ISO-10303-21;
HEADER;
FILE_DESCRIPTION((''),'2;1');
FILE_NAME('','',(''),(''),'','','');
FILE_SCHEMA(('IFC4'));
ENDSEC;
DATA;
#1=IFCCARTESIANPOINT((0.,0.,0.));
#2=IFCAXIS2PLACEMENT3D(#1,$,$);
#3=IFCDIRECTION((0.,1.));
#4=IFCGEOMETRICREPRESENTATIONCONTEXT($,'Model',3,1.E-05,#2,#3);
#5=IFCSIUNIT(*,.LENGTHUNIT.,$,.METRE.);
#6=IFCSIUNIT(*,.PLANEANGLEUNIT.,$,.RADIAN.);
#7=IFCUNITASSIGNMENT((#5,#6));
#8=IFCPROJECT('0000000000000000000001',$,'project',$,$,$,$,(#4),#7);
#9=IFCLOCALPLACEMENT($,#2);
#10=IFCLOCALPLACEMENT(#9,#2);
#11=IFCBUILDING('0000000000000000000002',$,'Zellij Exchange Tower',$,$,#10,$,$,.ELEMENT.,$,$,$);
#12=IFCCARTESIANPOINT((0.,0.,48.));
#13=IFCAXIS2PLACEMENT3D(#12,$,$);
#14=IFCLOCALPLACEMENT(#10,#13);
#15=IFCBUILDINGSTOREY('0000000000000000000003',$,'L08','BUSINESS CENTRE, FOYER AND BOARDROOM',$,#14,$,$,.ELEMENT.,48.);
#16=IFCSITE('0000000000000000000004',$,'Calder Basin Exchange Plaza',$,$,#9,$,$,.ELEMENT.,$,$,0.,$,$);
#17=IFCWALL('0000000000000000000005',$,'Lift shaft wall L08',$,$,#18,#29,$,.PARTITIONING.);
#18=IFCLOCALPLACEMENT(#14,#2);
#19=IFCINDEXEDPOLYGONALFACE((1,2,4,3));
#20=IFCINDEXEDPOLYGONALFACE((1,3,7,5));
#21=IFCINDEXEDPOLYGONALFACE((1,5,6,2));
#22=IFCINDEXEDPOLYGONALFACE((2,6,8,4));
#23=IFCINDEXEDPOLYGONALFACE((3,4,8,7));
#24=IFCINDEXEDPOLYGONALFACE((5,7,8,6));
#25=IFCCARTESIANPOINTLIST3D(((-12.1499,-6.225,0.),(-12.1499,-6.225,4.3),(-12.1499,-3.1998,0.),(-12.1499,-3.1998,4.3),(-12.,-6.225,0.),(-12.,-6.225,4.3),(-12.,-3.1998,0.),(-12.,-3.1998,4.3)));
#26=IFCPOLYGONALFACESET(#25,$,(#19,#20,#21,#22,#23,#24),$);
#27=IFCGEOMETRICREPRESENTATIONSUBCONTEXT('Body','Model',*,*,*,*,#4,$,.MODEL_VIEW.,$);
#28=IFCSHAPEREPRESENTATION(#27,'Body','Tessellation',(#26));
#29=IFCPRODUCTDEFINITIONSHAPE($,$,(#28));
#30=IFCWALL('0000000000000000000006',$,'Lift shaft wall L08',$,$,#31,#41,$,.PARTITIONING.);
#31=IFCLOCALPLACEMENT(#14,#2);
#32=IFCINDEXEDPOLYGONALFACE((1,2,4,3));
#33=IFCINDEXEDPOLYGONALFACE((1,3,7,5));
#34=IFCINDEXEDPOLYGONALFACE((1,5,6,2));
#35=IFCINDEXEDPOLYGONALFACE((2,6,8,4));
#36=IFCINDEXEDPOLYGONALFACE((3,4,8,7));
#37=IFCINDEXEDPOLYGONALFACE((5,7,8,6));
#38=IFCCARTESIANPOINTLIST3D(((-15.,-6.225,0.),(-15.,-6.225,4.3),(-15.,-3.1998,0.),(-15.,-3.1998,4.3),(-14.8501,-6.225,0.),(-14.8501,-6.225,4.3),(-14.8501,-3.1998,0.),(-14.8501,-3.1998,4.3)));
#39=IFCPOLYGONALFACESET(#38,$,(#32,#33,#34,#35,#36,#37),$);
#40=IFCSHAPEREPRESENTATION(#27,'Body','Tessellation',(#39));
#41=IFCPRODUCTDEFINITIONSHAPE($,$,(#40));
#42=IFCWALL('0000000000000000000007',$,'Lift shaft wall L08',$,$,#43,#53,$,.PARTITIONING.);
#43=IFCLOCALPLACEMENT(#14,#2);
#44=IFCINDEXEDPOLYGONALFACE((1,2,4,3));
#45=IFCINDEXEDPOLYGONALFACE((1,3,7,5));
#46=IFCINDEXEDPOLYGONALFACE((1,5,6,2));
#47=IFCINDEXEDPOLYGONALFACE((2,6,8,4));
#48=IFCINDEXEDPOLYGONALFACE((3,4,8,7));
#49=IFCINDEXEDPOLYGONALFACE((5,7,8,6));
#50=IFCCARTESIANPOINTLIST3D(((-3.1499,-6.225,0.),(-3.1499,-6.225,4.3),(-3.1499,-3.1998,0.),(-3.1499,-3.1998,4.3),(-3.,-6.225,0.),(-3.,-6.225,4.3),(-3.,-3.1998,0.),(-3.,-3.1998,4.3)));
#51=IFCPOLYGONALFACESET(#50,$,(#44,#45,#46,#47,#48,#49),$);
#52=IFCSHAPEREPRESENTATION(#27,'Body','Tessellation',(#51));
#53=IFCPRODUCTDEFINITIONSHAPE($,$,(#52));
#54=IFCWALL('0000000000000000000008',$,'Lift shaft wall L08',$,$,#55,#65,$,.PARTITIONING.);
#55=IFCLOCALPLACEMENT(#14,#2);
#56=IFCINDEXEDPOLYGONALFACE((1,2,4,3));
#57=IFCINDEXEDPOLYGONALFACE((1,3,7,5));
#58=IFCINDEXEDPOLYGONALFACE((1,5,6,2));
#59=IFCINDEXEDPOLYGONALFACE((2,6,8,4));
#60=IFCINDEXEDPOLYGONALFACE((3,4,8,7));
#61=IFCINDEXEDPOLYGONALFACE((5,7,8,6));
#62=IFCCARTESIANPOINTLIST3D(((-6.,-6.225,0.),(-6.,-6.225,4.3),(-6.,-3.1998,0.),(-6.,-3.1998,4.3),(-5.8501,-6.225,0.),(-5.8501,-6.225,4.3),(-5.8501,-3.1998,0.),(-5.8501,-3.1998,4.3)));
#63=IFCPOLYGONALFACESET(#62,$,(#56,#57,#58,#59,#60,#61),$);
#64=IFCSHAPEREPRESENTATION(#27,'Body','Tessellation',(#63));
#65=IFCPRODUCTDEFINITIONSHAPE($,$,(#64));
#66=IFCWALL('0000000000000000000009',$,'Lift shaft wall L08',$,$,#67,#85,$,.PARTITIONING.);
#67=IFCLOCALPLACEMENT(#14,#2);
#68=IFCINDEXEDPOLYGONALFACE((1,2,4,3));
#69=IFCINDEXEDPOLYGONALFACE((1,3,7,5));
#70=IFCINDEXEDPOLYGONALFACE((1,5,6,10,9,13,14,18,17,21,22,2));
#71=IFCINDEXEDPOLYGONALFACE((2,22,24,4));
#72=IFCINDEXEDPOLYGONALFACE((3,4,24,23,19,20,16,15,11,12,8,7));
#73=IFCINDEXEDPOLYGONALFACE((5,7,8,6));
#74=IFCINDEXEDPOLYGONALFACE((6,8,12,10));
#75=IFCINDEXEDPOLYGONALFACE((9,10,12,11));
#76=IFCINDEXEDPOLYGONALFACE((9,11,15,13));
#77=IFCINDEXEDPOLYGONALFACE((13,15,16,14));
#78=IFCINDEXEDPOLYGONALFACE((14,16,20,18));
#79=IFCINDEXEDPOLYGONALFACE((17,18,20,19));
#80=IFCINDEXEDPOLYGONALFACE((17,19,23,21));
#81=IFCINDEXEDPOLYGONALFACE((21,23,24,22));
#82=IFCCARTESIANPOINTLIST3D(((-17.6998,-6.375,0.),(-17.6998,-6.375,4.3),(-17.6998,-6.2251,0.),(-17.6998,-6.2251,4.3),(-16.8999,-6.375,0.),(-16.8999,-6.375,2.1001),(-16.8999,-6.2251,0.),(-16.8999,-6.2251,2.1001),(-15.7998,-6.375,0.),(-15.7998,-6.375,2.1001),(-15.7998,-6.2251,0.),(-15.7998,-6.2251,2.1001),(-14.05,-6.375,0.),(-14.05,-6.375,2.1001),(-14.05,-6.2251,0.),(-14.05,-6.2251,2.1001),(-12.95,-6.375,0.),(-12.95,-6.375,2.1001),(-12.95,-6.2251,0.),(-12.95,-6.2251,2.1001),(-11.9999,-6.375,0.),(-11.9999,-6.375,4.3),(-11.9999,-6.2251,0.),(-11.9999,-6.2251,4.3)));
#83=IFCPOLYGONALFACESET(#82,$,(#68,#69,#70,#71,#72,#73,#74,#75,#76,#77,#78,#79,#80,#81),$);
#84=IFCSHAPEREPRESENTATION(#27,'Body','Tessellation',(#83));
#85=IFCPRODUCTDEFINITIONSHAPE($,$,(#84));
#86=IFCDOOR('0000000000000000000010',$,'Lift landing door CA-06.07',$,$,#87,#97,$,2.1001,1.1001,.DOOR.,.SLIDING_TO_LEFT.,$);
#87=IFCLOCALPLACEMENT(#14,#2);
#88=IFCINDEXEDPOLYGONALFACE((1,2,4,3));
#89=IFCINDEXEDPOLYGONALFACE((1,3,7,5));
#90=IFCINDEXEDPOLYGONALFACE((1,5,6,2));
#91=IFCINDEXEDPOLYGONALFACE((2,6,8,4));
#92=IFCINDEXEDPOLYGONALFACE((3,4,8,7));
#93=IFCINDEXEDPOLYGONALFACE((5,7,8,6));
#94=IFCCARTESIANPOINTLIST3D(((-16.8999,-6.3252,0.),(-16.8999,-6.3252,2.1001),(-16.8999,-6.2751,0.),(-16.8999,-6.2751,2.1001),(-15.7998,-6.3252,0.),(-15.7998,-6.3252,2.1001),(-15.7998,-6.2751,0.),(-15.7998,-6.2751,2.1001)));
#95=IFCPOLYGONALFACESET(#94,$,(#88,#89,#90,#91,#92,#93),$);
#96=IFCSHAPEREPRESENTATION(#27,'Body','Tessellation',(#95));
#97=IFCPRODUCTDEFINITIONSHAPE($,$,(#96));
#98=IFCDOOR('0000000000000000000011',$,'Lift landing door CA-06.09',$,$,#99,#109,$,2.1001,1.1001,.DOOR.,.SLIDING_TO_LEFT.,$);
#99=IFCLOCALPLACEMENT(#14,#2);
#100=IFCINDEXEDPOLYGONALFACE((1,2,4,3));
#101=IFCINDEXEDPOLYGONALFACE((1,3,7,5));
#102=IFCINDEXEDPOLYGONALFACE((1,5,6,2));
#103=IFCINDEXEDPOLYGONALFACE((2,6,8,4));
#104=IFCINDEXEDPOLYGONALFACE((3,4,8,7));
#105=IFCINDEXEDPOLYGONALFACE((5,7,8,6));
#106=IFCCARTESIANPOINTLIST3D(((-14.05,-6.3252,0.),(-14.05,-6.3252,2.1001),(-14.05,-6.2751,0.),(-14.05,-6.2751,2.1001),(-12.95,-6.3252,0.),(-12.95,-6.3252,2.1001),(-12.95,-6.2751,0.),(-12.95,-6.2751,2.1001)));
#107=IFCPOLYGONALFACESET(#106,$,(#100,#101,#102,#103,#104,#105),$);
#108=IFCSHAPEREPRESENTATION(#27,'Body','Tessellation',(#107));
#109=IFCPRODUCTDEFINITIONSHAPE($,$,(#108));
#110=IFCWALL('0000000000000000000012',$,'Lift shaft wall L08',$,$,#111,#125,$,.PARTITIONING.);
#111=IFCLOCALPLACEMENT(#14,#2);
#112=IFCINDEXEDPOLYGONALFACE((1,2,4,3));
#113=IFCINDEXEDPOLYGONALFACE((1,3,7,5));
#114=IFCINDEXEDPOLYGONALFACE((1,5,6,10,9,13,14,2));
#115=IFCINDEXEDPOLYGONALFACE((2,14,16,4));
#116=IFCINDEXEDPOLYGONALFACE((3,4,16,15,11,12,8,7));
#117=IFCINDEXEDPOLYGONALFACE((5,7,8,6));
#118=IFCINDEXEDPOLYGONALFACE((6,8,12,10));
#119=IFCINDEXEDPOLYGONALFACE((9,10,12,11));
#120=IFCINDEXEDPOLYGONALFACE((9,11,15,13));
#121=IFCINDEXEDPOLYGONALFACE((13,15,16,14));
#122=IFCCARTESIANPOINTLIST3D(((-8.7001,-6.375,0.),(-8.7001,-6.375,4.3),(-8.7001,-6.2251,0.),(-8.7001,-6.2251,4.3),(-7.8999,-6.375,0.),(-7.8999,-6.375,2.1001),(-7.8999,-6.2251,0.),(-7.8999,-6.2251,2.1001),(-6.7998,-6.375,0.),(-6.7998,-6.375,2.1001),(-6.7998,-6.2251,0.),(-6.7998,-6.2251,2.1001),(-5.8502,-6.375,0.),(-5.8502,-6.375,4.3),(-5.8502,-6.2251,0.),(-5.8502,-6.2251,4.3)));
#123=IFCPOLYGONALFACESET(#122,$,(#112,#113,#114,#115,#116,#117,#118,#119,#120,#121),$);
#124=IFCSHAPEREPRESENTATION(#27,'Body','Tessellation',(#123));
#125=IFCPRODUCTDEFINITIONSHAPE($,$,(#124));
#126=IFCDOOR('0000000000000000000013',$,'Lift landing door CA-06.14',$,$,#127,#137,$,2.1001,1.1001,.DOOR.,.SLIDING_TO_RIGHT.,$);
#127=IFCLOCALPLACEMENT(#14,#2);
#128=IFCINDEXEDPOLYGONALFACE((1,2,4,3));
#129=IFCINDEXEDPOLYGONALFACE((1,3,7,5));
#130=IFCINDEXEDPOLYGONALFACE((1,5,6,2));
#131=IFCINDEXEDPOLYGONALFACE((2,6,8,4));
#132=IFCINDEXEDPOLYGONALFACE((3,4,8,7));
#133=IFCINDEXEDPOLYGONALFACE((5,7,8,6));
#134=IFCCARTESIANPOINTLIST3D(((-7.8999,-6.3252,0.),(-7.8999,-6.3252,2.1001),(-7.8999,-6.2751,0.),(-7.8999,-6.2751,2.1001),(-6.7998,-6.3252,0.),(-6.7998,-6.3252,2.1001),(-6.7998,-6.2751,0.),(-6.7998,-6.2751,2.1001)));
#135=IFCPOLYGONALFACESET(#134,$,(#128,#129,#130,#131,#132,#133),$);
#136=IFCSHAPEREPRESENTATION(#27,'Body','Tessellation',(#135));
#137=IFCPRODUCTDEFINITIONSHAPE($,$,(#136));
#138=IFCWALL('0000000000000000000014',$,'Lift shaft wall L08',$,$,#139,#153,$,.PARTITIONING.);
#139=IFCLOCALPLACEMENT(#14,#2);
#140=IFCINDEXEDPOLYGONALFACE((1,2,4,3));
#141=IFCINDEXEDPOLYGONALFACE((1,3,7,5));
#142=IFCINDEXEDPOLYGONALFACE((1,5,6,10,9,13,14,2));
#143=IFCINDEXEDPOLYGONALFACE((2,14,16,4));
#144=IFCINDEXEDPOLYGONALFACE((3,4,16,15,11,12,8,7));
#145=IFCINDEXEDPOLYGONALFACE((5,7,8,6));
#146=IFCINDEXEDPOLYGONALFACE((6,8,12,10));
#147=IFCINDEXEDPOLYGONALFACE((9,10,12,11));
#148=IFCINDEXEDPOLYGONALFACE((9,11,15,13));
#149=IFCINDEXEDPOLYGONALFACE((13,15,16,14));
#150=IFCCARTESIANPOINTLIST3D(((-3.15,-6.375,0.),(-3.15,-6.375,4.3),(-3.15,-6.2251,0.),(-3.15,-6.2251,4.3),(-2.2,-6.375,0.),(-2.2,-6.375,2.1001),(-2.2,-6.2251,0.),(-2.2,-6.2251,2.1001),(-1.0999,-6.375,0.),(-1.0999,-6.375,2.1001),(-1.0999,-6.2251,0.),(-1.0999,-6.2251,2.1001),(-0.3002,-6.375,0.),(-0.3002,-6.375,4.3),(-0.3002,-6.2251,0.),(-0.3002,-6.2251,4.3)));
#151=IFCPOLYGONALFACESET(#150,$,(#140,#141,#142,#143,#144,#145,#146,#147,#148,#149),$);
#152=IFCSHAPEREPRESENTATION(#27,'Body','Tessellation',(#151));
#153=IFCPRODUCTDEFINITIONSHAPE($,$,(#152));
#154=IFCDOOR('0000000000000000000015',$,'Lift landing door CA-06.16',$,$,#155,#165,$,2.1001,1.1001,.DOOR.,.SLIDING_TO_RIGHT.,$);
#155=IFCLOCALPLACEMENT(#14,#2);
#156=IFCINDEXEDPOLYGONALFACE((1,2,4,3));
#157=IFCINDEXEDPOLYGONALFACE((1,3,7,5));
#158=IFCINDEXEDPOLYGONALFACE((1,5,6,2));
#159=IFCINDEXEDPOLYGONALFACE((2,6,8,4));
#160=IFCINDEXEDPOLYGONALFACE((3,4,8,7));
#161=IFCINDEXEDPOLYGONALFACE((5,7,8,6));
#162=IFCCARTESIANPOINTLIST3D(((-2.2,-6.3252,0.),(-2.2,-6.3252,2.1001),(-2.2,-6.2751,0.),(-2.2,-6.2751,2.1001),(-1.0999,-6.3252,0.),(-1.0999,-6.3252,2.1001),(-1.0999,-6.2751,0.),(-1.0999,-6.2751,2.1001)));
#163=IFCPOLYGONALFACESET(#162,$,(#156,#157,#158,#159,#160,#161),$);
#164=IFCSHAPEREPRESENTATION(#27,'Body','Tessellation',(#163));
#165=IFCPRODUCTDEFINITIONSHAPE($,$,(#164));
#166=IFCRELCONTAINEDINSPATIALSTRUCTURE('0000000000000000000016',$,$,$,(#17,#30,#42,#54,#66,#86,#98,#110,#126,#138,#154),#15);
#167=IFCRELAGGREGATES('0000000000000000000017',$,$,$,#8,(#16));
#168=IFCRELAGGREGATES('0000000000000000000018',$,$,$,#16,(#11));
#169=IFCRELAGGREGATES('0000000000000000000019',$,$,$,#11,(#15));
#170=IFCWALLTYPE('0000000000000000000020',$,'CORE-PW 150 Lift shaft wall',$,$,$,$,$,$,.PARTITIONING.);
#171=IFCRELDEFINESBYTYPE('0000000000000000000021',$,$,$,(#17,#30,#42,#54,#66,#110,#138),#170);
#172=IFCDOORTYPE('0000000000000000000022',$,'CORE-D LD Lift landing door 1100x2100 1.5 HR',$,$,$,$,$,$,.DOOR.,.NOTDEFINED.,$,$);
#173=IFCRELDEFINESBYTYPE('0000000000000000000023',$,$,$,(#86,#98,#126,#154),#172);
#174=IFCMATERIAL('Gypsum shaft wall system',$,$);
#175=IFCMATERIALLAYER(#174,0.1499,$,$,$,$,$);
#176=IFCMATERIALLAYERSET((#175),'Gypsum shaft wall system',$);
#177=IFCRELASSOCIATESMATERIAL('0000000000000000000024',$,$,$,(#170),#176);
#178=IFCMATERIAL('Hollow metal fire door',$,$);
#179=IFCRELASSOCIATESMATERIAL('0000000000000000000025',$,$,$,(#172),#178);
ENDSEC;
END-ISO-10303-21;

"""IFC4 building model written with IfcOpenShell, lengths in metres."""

from ifc_helpers import new_model, si_unit, direction, frame, frame_2d, origin, place, context, subcontext, project, spatial, rectangle, extrude, material, layer, layer_set, type_object, element, fill, save


model = new_model("IFC4")

# Units and contexts
model_context = context("Model", 3, precision=1e-05, world=origin(), true_north=direction((0.0, 1.0)))
body_context = subcontext(model_context, "Body", "Model", "MODEL_VIEW")
ifc_project = project(units=[si_unit("LENGTHUNIT", "METRE"), si_unit("PLANEANGLEUNIT", "RADIAN")], contexts=[model_context])

# Site, building, storey
site_placement = place(None, origin())
site = spatial("IfcSite", under=ifc_project, at=site_placement, Name="Calder Basin Exchange Plaza", CompositionType="ELEMENT", RefElevation=0.0)
building_placement = place(site_placement, origin())
building = spatial("IfcBuilding", under=site, at=building_placement, Name="Zellij Exchange Tower", CompositionType="ELEMENT")
storey_placement = place(building_placement, frame((0.0, 0.0, 48.0)))
storey = spatial("IfcBuildingStorey", under=building, at=storey_placement, Name="L08", Description="BUSINESS CENTRE, FOYER AND BOARDROOM", CompositionType="ELEMENT", Elevation=48.0)

# Shared definitions
ifc_material_1 = material(Name="Gypsum shaft wall system")
ifc_material_2 = material(Name="Hollow metal fire door")

# Walls
ifc_layer_1 = layer(ifc_material_1, 0.1499)
ifc_layer_set_1 = layer_set([ifc_layer_1], Name="Gypsum shaft wall system")
wall_type_1 = type_object("IfcWallType", Name="CORE-PW 150 Lift shaft wall", PredefinedType="PARTITIONING", material=ifc_layer_set_1)
for number, where, z_axis, x_axis, name in (
    (1, (-12.075, -6.2251, 0.0), (0.0, 0.0, 1.0), (0.0, 1.0, 0.0), "Lift shaft wall L08"),
    (2, (-14.925, -6.2251, 0.0), (0.0, 0.0, 1.0), (0.0, 1.0, 0.0), "Lift shaft wall L08"),
    (3, (-3.075, -6.2251, 0.0), (0.0, 0.0, 1.0), (0.0, 1.0, 0.0), "Lift shaft wall L08"),
    (4, (-5.925, -6.2251, 0.0), (0.0, 0.0, 1.0), (0.0, 1.0, 0.0), "Lift shaft wall L08"),
):
    element("IfcWall", number, at=place(storey_placement, frame(where, z_axis=z_axis, x_axis=x_axis)), inside=storey, type_object=wall_type_1, Name=name, PredefinedType="PARTITIONING", context=body_context, shape_type="SweptSolid", body=[
        extrude(rectangle(XDim=3.0251, YDim=0.1499, at=frame_2d((1.5127, 0.0))), origin(), (0.0, 0.0, 1.0), 4.3),
    ])

# Wall, openings, doors
wall_1_placement = place(storey_placement, frame((-17.7, -6.3, 0.0), z_axis=(0.0, 0.0, 1.0), x_axis=(1.0, 0.0, 0.0)))
wall_1 = element("IfcWall", 5, at=wall_1_placement, inside=storey, type_object=wall_type_1, Name="Lift shaft wall L08", PredefinedType="PARTITIONING", context=body_context, shape_type="SweptSolid", body=[
    extrude(rectangle(XDim=5.7, YDim=0.1499, at=frame_2d((2.8501, 0.0))), origin(), (0.0, 0.0, 1.0), 4.3),
])
opening_1_placement = place(wall_1_placement, frame((0.8, 0.0, 0.0)))
opening_1 = element("IfcOpeningElement", 6, at=opening_1_placement, cuts=wall_1, PredefinedType="OPENING", context=body_context, shape_type="SweptSolid", body=[
    extrude(rectangle(XDim=1.1001, YDim=2.1001, at=frame_2d((0.55, 1.05))), frame((0.0, 0.0869, 0.0), z_axis=(0.0, -1.0, 0.0), x_axis=(1.0, 0.0, 0.0)), (0.0, 0.0, 1.0), 0.1738),
])
opening_2_placement = place(wall_1_placement, frame((3.6499, 0.0, 0.0)))
opening_2 = element("IfcOpeningElement", 7, at=opening_2_placement, cuts=wall_1, PredefinedType="OPENING", context=body_context, shape_type="SweptSolid", body=[
    extrude(rectangle(XDim=1.1001, YDim=2.1001, at=frame_2d((0.55, 1.05))), frame((0.0, 0.0869, 0.0), z_axis=(0.0, -1.0, 0.0), x_axis=(1.0, 0.0, 0.0)), (0.0, 0.0, 1.0), 0.1738),
])
door_type_1 = type_object("IfcDoorType", Name="CORE-D LD Lift landing door 1100x2100 1.5 HR", OperationType="NOTDEFINED", PredefinedType="DOOR", material=ifc_material_2)
door_1_placement = place(opening_1_placement, origin())
door_1 = element("IfcDoor", 8, at=door_1_placement, inside=storey, type_object=door_type_1, Name="Lift landing door CA-06.07", OperationType="SLIDING_TO_LEFT", OverallHeight=2.1001, OverallWidth=1.1001, PredefinedType="DOOR", context=body_context, shape_type="SweptSolid", body=[
    extrude(rectangle(XDim=1.1001, YDim=2.1001, at=frame_2d((0.55, 1.05))), frame((0.0, 0.0249, 0.0), z_axis=(0.0, -1.0, 0.0), x_axis=(1.0, 0.0, 0.0)), (0.0, 0.0, 1.0), 0.05),
])
fill(opening_1, door_1)
door_2_placement = place(opening_2_placement, origin())
door_2 = element("IfcDoor", 9, at=door_2_placement, inside=storey, type_object=door_type_1, Name="Lift landing door CA-06.09", OperationType="SLIDING_TO_LEFT", OverallHeight=2.1001, OverallWidth=1.1001, PredefinedType="DOOR", context=body_context, shape_type="SweptSolid", body=[
    extrude(rectangle(XDim=1.1001, YDim=2.1001, at=frame_2d((0.55, 1.05))), frame((0.0, 0.0249, 0.0), z_axis=(0.0, -1.0, 0.0), x_axis=(1.0, 0.0, 0.0)), (0.0, 0.0, 1.0), 0.05),
])
fill(opening_2, door_2)

# Walls, openings, doors
wall_2_placement = place(storey_placement, frame((-8.7, -6.3, 0.0), z_axis=(0.0, 0.0, 1.0), x_axis=(1.0, 0.0, 0.0)))
wall_2 = element("IfcWall", 10, at=wall_2_placement, inside=storey, type_object=wall_type_1, Name="Lift shaft wall L08", PredefinedType="PARTITIONING", context=body_context, shape_type="SweptSolid", body=[
    extrude(rectangle(XDim=2.8499, YDim=0.1499, at=frame_2d((1.4248, 0.0))), origin(), (0.0, 0.0, 1.0), 4.3),
])
opening_3_placement = place(wall_2_placement, frame((0.8, 0.0, 0.0)))
opening_3 = element("IfcOpeningElement", 11, at=opening_3_placement, cuts=wall_2, PredefinedType="OPENING", context=body_context, shape_type="SweptSolid", body=[
    extrude(rectangle(XDim=1.1001, YDim=2.1001, at=frame_2d((0.55, 1.05))), frame((0.0, 0.0869, 0.0), z_axis=(0.0, -1.0, 0.0), x_axis=(1.0, 0.0, 0.0)), (0.0, 0.0, 1.0), 0.1738),
])
door_3_placement = place(opening_3_placement, origin())
door_3 = element("IfcDoor", 12, at=door_3_placement, inside=storey, type_object=door_type_1, Name="Lift landing door CA-06.14", OperationType="SLIDING_TO_RIGHT", OverallHeight=2.1001, OverallWidth=1.1001, PredefinedType="DOOR", context=body_context, shape_type="SweptSolid", body=[
    extrude(rectangle(XDim=1.1001, YDim=2.1001, at=frame_2d((0.55, 1.05))), frame((0.0, 0.0249, 0.0), z_axis=(0.0, -1.0, 0.0), x_axis=(1.0, 0.0, 0.0)), (0.0, 0.0, 1.0), 0.05),
])
fill(opening_3, door_3)
wall_3_placement = place(storey_placement, frame((-3.1499, -6.3, 0.0), z_axis=(0.0, 0.0, 1.0), x_axis=(1.0, 0.0, 0.0)))
wall_3 = element("IfcWall", 13, at=wall_3_placement, inside=storey, type_object=wall_type_1, Name="Lift shaft wall L08", PredefinedType="PARTITIONING", context=body_context, shape_type="SweptSolid", body=[
    extrude(rectangle(XDim=2.8499, YDim=0.1499, at=frame_2d((1.4248, 0.0))), origin(), (0.0, 0.0, 1.0), 4.3),
])
opening_4_placement = place(wall_3_placement, frame((0.95, 0.0, 0.0)))
opening_4 = element("IfcOpeningElement", 14, at=opening_4_placement, cuts=wall_3, PredefinedType="OPENING", context=body_context, shape_type="SweptSolid", body=[
    extrude(rectangle(XDim=1.1001, YDim=2.1001, at=frame_2d((0.55, 1.05))), frame((0.0, 0.0869, 0.0), z_axis=(0.0, -1.0, 0.0), x_axis=(1.0, 0.0, 0.0)), (0.0, 0.0, 1.0), 0.1738),
])
door_4_placement = place(opening_4_placement, origin())
door_4 = element("IfcDoor", 15, at=door_4_placement, inside=storey, type_object=door_type_1, Name="Lift landing door CA-06.16", OperationType="SLIDING_TO_RIGHT", OverallHeight=2.1001, OverallWidth=1.1001, PredefinedType="DOOR", context=body_context, shape_type="SweptSolid", body=[
    extrude(rectangle(XDim=1.1001, YDim=2.1001, at=frame_2d((0.55, 1.05))), frame((0.0, 0.0249, 0.0), z_axis=(0.0, -1.0, 0.0), x_axis=(1.0, 0.0, 0.0)), (0.0, 0.0, 1.0), 0.05),
])
fill(opening_4, door_4)

save(model, "model.ifc")
